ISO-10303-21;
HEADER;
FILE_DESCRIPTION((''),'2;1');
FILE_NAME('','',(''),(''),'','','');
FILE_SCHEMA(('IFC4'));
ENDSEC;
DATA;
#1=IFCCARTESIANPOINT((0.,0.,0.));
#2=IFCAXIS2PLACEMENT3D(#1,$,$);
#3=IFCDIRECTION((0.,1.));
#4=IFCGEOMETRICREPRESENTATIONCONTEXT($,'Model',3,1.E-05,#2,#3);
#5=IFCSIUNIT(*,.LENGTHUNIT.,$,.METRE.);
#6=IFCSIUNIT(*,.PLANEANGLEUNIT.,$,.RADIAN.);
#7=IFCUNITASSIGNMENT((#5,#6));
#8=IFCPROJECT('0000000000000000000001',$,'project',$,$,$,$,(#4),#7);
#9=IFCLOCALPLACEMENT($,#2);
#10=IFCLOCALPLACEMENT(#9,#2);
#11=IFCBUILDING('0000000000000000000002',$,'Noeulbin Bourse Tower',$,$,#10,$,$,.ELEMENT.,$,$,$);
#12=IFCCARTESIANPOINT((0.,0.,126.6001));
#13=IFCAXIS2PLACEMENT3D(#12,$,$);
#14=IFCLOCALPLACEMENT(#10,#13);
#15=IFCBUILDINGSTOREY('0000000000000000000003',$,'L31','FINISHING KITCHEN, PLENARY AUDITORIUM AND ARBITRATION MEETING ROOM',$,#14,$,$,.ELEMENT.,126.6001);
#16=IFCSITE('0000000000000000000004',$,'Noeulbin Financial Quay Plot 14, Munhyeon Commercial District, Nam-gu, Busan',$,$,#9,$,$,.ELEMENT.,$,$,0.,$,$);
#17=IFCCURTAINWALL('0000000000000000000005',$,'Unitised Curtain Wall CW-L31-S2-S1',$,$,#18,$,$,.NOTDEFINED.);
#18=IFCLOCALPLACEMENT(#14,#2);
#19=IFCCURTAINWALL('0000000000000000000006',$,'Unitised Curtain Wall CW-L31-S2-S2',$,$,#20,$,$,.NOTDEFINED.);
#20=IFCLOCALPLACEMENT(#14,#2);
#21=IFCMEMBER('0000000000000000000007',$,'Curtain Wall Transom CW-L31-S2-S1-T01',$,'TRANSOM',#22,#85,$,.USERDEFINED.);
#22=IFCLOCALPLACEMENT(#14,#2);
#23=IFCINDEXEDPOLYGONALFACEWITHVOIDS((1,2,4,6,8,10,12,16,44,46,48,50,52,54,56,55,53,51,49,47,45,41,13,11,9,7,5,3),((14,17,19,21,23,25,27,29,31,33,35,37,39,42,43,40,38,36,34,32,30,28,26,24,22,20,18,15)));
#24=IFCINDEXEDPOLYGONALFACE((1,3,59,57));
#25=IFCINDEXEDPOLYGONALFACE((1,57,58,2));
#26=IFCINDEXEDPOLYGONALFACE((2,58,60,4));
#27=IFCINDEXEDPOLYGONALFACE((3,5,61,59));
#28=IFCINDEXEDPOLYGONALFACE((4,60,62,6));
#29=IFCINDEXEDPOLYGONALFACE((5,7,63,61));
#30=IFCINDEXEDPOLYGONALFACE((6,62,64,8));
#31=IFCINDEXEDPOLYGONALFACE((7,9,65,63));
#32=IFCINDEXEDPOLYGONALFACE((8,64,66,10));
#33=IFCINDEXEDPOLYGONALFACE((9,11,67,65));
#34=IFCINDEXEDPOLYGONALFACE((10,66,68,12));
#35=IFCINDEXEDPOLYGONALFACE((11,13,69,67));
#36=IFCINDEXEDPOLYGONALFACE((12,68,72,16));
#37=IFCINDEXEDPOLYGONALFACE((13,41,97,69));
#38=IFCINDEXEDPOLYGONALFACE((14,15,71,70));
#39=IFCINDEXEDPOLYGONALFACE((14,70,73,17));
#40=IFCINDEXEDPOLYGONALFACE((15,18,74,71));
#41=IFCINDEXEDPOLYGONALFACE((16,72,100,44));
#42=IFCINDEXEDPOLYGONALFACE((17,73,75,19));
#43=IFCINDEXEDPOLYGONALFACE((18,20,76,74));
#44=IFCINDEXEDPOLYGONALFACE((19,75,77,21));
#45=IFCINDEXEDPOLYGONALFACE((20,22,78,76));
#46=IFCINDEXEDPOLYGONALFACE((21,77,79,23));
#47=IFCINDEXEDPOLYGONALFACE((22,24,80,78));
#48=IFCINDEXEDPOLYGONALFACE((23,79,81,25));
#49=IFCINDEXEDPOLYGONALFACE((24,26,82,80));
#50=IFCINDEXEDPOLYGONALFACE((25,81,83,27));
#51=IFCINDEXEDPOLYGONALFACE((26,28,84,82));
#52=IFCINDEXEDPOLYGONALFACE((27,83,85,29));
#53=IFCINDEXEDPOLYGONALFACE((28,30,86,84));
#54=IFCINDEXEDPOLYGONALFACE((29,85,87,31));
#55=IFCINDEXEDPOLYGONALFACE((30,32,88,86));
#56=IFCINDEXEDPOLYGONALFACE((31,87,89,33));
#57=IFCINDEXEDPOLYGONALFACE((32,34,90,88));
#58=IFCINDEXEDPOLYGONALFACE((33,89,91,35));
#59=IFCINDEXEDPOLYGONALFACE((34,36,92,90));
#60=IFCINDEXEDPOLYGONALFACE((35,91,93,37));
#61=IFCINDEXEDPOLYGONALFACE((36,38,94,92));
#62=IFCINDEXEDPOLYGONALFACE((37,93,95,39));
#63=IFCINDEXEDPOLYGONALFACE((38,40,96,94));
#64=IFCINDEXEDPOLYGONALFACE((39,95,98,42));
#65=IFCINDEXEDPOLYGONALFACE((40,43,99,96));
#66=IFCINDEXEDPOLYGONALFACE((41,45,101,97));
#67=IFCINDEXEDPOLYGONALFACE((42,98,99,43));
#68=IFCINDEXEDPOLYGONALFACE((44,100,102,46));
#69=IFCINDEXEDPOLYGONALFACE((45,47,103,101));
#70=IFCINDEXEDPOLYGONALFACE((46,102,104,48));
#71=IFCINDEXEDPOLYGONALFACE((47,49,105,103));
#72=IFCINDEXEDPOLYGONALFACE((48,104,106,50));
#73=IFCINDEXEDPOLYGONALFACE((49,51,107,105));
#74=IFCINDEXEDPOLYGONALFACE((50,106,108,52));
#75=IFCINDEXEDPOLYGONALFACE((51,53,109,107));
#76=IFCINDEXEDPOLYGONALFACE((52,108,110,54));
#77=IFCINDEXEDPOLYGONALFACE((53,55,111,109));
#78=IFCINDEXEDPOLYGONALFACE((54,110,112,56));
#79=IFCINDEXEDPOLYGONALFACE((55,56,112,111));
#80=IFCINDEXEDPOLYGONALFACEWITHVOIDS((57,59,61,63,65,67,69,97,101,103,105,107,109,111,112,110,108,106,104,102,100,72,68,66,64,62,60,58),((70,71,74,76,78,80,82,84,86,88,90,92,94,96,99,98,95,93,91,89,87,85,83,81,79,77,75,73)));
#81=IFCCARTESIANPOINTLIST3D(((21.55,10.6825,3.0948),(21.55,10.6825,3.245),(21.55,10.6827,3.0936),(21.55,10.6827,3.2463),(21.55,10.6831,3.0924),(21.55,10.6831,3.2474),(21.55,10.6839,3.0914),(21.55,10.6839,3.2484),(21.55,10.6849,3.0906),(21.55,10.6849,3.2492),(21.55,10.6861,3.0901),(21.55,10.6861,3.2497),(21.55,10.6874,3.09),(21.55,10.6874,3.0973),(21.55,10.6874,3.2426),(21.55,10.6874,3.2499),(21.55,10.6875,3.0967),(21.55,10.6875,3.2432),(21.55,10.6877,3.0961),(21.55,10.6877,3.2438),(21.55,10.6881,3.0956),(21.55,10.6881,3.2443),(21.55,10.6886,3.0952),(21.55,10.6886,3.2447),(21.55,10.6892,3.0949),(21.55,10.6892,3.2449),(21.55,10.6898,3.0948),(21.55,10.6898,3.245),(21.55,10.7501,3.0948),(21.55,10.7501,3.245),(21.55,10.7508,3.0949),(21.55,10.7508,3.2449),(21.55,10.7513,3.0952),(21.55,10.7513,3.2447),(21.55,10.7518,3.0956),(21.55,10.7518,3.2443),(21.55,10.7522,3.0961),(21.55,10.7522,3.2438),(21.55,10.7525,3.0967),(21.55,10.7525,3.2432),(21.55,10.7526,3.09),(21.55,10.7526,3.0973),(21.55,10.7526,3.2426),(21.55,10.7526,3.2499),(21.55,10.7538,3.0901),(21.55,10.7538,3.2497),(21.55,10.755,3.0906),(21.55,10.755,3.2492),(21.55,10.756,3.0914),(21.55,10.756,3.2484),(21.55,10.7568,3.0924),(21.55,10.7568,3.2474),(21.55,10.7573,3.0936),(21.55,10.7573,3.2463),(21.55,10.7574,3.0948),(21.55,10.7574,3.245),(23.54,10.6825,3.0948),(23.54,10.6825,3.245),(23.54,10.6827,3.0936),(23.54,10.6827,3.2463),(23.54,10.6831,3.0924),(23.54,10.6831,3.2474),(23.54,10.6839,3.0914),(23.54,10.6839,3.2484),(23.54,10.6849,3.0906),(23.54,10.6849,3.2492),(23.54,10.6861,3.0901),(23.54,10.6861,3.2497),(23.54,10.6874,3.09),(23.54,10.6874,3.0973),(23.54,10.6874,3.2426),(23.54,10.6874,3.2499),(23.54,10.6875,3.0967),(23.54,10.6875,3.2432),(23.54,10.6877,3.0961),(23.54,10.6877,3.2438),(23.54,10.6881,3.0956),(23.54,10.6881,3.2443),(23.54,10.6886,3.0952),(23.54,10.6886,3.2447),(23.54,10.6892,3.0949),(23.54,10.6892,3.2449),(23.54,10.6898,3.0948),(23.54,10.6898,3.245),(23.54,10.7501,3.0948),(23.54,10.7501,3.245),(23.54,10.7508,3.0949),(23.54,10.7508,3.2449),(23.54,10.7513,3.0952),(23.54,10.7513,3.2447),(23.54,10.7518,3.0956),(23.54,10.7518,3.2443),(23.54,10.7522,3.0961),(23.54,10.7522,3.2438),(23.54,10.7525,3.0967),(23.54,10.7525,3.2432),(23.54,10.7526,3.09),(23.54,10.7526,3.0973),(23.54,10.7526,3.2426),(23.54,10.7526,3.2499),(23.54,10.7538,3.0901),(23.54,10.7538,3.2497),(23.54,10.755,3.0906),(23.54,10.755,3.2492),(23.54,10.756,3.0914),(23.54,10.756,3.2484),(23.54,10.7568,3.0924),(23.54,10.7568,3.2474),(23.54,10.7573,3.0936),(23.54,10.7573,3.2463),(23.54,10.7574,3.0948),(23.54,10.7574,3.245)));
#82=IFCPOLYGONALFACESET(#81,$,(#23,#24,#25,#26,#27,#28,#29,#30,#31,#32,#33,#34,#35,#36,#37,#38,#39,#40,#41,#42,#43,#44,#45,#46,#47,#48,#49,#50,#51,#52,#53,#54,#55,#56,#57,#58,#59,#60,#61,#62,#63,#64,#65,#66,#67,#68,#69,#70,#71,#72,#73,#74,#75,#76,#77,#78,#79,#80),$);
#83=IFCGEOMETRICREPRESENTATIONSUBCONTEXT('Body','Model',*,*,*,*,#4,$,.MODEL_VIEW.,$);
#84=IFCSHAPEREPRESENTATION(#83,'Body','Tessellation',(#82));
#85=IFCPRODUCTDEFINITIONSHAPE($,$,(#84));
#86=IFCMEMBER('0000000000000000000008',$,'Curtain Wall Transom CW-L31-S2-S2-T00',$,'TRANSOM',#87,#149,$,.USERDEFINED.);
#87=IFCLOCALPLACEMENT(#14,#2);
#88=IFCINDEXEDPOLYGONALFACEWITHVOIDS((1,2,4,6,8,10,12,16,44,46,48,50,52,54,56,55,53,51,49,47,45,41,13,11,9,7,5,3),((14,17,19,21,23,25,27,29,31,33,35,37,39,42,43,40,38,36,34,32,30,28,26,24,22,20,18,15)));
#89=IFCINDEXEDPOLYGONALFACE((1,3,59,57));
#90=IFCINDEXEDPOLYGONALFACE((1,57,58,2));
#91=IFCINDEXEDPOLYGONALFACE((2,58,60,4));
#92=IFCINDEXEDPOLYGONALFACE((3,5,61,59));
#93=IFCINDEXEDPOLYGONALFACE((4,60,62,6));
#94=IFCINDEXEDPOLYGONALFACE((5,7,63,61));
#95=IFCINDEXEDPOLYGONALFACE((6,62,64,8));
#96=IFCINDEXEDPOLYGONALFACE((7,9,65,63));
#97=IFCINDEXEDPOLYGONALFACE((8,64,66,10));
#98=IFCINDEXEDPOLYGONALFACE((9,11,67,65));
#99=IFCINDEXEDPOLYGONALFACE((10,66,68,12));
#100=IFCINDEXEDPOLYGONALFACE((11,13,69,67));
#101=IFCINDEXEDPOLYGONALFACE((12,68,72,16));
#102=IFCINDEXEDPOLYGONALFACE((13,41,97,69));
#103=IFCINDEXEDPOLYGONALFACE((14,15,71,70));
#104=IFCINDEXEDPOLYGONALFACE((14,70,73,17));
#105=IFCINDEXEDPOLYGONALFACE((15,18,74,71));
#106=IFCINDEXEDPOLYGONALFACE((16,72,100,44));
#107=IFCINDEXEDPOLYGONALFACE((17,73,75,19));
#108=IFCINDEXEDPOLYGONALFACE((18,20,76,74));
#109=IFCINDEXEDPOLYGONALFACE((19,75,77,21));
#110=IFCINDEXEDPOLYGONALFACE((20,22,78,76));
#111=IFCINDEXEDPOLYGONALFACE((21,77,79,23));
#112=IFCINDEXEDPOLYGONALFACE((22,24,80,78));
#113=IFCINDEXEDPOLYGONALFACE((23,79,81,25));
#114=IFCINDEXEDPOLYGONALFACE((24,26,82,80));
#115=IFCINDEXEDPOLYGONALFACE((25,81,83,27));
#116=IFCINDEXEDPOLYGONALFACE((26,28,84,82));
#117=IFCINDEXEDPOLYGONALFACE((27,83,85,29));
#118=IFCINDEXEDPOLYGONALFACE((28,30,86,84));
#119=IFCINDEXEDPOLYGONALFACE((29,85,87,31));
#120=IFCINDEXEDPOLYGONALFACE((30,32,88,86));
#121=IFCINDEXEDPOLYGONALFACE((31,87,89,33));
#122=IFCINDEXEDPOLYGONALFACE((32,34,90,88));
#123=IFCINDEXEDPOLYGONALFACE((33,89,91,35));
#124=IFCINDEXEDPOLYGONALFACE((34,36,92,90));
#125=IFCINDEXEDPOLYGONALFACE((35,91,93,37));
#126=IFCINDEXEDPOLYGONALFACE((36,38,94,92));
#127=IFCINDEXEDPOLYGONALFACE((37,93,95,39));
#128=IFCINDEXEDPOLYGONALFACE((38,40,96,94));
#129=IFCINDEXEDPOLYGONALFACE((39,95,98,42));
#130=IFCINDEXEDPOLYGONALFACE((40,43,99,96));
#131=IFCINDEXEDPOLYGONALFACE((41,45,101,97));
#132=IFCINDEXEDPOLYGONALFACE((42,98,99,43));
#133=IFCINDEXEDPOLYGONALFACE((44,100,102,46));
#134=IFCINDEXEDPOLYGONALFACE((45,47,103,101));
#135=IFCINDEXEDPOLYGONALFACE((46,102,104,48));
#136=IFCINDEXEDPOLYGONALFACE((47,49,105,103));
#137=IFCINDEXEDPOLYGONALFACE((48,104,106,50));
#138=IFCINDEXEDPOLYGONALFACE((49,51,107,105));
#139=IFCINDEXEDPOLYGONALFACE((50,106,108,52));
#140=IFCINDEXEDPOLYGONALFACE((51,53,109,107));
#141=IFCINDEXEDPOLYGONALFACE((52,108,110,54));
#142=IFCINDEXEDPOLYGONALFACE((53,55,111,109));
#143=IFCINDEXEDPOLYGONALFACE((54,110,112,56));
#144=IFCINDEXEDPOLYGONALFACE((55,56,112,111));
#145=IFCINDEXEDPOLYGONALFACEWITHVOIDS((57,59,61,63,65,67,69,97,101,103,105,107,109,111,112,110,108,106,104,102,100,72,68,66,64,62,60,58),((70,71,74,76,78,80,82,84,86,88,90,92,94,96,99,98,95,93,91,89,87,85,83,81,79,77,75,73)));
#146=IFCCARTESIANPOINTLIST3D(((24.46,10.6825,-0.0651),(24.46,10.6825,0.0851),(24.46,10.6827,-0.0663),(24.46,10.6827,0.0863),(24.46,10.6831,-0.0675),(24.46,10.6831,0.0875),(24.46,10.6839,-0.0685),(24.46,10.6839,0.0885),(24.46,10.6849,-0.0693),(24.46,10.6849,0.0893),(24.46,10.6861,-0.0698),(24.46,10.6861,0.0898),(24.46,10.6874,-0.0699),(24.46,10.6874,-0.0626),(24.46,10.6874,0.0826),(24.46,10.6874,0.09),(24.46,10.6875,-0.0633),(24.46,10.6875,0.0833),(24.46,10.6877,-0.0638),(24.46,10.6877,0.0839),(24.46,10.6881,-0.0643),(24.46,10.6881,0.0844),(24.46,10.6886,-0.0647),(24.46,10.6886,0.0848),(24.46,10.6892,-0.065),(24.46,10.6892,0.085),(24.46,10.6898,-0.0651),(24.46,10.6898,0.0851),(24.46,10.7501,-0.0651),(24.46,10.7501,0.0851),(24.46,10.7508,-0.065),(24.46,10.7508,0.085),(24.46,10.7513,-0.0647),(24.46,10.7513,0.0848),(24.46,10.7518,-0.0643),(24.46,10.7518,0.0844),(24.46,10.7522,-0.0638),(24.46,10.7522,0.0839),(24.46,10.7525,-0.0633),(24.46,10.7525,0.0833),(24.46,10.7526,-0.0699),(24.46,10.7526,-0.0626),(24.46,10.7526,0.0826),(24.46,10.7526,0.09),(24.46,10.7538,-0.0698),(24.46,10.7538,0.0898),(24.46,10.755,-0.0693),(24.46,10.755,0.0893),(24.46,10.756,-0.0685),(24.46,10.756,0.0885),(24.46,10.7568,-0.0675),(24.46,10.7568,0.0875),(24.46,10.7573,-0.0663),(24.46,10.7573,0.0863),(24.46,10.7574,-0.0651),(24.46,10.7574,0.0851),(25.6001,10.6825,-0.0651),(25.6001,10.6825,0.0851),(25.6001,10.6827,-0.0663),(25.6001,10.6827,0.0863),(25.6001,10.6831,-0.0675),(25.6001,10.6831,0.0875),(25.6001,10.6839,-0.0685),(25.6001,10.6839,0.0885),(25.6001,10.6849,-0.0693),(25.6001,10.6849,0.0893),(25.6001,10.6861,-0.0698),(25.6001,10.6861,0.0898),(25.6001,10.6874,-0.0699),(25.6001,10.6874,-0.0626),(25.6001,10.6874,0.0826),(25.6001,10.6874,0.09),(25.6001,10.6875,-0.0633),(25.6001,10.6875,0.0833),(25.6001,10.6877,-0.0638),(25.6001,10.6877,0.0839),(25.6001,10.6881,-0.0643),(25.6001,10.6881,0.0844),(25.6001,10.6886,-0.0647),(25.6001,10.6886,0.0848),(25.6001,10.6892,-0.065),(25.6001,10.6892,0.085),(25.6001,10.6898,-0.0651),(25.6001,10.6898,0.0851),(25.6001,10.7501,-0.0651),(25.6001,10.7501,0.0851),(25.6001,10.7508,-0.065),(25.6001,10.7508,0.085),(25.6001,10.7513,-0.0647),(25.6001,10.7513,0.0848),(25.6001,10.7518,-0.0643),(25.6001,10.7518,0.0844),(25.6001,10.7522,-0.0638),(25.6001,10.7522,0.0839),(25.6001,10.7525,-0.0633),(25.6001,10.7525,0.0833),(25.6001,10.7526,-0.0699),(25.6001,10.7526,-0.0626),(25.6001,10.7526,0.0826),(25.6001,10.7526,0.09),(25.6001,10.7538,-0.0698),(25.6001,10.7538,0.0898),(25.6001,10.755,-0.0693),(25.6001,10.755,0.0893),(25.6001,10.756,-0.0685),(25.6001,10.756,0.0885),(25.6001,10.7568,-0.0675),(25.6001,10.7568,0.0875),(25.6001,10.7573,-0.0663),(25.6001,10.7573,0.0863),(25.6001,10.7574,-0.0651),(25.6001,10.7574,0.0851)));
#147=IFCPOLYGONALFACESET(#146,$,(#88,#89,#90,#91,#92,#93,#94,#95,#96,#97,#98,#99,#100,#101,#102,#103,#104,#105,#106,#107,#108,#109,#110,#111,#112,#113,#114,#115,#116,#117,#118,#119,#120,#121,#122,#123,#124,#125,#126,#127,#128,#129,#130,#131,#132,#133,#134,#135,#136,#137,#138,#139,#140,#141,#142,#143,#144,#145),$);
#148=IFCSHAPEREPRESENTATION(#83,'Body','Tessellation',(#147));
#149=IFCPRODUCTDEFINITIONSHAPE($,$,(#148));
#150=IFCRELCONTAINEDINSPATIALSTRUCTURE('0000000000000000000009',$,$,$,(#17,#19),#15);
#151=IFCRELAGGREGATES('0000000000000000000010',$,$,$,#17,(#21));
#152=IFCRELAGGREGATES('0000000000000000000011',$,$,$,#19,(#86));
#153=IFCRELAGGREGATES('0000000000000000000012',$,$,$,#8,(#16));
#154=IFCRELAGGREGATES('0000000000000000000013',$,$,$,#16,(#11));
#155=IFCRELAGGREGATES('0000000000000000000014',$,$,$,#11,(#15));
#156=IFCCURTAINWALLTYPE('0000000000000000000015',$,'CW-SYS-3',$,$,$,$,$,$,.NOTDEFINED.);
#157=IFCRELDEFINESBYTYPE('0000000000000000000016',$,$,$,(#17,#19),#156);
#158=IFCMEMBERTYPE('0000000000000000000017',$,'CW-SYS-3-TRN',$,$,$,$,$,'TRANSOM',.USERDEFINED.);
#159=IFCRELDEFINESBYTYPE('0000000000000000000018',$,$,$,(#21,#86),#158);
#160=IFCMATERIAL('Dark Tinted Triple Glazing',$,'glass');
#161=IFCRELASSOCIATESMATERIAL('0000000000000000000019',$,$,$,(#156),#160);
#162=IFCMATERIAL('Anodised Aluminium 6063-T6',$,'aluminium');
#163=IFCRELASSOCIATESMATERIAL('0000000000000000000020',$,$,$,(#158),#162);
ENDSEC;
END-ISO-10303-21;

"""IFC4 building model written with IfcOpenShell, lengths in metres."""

from ifc_helpers import new_model, si_unit, direction, frame, origin, origin_2d, place, context, subcontext, project, spatial, hollow_rectangle, extrude, material, material_profile, profile_set, type_object, element, aggregate, save


model = new_model("IFC4")

# Units and contexts
model_context = context("Model", 3, precision=1e-05, world=origin(), true_north=direction((0.0, 1.0)))
body_context = subcontext(model_context, "Body", "Model", "MODEL_VIEW")
ifc_project = project(units=[si_unit("LENGTHUNIT", "METRE"), si_unit("PLANEANGLEUNIT", "RADIAN")], contexts=[model_context])

# Site, building, storey
site_placement = place(None, origin())
site = spatial("IfcSite", under=ifc_project, at=site_placement, Name="Noeulbin Financial Quay Plot 14, Munhyeon Commercial District, Nam-gu, Busan", CompositionType="ELEMENT", RefElevation=0.0)
building_placement = place(site_placement, origin())
building = spatial("IfcBuilding", under=site, at=building_placement, Name="Noeulbin Bourse Tower", CompositionType="ELEMENT")
storey_placement = place(building_placement, frame((0.0, 0.0, 126.6001)))
storey = spatial("IfcBuildingStorey", under=building, at=storey_placement, Name="L31", Description="FINISHING KITCHEN, PLENARY AUDITORIUM AND ARBITRATION MEETING ROOM", CompositionType="ELEMENT", Elevation=126.6001)

# Shared definitions
ifc_material_1 = material(Name="Dark Tinted Triple Glazing", Category="glass")
curtain_wall_type = type_object("IfcCurtainWallType", Name="CW-SYS-3", PredefinedType="NOTDEFINED", material=ifc_material_1)
ifc_material_2 = material(Name="Anodised Aluminium 6063-T6", Category="aluminium")

# Curtain walls
curtain_wall_1_placement = place(storey_placement, origin())
curtain_wall_1 = element("IfcCurtainWall", 1, at=curtain_wall_1_placement, inside=storey, type_object=curtain_wall_type, Name="Unitised Curtain Wall CW-L31-S2-S1", PredefinedType="NOTDEFINED")
curtain_wall_2_placement = place(storey_placement, origin())
curtain_wall_2 = element("IfcCurtainWall", 2, at=curtain_wall_2_placement, inside=storey, type_object=curtain_wall_type, Name="Unitised Curtain Wall CW-L31-S2-S2", PredefinedType="NOTDEFINED")

# Members
ifc_material_profile_1 = material_profile(ifc_material_2, hollow_rectangle(XDim=0.075, YDim=0.1599, WallThickness=0.0049, InnerFilletRadius=0.0024, OuterFilletRadius=0.0049, at=origin_2d()), Name="ALU-TRAN-75x160x5", Category="LoadBearing")
ifc_profile_set_1 = profile_set([ifc_material_profile_1], Name="Anodised Aluminium 6063-T6")
member_type_1 = type_object("IfcMemberType", Name="CW-SYS-3-TRN", ElementType="TRANSOM", PredefinedType="USERDEFINED", material=ifc_profile_set_1)
member_1_placement = place(storey_placement, frame((21.55, 10.72, 3.1699), z_axis=(1.0, 0.0, 0.0), x_axis=(0.0, 1.0, 0.0)))
member_1 = element("IfcMember", 3, at=member_1_placement, type_object=member_type_1, Name="Curtain Wall Transom CW-L31-S2-S1-T01", ObjectType="TRANSOM", PredefinedType="USERDEFINED", context=body_context, shape_type="SweptSolid", body=[
    extrude(hollow_rectangle(XDim=0.075, YDim=0.1599, WallThickness=0.0049, InnerFilletRadius=0.0024, OuterFilletRadius=0.0049, at=origin_2d()), origin(), (0.0, 0.0, 1.0), 1.99),
])
member_2_placement = place(storey_placement, frame((24.46, 10.72, 0.01), z_axis=(1.0, 0.0, 0.0), x_axis=(0.0, 1.0, 0.0)))
member_2 = element("IfcMember", 4, at=member_2_placement, type_object=member_type_1, Name="Curtain Wall Transom CW-L31-S2-S2-T00", ObjectType="TRANSOM", PredefinedType="USERDEFINED", context=body_context, shape_type="SweptSolid", body=[
    extrude(hollow_rectangle(XDim=0.075, YDim=0.1599, WallThickness=0.0049, InnerFilletRadius=0.0024, OuterFilletRadius=0.0049, at=origin_2d()), origin(), (0.0, 0.0, 1.0), 1.1401),
])

aggregate(curtain_wall_1, [member_1])
aggregate(curtain_wall_2, [member_2])

save(model, "model.ifc")
